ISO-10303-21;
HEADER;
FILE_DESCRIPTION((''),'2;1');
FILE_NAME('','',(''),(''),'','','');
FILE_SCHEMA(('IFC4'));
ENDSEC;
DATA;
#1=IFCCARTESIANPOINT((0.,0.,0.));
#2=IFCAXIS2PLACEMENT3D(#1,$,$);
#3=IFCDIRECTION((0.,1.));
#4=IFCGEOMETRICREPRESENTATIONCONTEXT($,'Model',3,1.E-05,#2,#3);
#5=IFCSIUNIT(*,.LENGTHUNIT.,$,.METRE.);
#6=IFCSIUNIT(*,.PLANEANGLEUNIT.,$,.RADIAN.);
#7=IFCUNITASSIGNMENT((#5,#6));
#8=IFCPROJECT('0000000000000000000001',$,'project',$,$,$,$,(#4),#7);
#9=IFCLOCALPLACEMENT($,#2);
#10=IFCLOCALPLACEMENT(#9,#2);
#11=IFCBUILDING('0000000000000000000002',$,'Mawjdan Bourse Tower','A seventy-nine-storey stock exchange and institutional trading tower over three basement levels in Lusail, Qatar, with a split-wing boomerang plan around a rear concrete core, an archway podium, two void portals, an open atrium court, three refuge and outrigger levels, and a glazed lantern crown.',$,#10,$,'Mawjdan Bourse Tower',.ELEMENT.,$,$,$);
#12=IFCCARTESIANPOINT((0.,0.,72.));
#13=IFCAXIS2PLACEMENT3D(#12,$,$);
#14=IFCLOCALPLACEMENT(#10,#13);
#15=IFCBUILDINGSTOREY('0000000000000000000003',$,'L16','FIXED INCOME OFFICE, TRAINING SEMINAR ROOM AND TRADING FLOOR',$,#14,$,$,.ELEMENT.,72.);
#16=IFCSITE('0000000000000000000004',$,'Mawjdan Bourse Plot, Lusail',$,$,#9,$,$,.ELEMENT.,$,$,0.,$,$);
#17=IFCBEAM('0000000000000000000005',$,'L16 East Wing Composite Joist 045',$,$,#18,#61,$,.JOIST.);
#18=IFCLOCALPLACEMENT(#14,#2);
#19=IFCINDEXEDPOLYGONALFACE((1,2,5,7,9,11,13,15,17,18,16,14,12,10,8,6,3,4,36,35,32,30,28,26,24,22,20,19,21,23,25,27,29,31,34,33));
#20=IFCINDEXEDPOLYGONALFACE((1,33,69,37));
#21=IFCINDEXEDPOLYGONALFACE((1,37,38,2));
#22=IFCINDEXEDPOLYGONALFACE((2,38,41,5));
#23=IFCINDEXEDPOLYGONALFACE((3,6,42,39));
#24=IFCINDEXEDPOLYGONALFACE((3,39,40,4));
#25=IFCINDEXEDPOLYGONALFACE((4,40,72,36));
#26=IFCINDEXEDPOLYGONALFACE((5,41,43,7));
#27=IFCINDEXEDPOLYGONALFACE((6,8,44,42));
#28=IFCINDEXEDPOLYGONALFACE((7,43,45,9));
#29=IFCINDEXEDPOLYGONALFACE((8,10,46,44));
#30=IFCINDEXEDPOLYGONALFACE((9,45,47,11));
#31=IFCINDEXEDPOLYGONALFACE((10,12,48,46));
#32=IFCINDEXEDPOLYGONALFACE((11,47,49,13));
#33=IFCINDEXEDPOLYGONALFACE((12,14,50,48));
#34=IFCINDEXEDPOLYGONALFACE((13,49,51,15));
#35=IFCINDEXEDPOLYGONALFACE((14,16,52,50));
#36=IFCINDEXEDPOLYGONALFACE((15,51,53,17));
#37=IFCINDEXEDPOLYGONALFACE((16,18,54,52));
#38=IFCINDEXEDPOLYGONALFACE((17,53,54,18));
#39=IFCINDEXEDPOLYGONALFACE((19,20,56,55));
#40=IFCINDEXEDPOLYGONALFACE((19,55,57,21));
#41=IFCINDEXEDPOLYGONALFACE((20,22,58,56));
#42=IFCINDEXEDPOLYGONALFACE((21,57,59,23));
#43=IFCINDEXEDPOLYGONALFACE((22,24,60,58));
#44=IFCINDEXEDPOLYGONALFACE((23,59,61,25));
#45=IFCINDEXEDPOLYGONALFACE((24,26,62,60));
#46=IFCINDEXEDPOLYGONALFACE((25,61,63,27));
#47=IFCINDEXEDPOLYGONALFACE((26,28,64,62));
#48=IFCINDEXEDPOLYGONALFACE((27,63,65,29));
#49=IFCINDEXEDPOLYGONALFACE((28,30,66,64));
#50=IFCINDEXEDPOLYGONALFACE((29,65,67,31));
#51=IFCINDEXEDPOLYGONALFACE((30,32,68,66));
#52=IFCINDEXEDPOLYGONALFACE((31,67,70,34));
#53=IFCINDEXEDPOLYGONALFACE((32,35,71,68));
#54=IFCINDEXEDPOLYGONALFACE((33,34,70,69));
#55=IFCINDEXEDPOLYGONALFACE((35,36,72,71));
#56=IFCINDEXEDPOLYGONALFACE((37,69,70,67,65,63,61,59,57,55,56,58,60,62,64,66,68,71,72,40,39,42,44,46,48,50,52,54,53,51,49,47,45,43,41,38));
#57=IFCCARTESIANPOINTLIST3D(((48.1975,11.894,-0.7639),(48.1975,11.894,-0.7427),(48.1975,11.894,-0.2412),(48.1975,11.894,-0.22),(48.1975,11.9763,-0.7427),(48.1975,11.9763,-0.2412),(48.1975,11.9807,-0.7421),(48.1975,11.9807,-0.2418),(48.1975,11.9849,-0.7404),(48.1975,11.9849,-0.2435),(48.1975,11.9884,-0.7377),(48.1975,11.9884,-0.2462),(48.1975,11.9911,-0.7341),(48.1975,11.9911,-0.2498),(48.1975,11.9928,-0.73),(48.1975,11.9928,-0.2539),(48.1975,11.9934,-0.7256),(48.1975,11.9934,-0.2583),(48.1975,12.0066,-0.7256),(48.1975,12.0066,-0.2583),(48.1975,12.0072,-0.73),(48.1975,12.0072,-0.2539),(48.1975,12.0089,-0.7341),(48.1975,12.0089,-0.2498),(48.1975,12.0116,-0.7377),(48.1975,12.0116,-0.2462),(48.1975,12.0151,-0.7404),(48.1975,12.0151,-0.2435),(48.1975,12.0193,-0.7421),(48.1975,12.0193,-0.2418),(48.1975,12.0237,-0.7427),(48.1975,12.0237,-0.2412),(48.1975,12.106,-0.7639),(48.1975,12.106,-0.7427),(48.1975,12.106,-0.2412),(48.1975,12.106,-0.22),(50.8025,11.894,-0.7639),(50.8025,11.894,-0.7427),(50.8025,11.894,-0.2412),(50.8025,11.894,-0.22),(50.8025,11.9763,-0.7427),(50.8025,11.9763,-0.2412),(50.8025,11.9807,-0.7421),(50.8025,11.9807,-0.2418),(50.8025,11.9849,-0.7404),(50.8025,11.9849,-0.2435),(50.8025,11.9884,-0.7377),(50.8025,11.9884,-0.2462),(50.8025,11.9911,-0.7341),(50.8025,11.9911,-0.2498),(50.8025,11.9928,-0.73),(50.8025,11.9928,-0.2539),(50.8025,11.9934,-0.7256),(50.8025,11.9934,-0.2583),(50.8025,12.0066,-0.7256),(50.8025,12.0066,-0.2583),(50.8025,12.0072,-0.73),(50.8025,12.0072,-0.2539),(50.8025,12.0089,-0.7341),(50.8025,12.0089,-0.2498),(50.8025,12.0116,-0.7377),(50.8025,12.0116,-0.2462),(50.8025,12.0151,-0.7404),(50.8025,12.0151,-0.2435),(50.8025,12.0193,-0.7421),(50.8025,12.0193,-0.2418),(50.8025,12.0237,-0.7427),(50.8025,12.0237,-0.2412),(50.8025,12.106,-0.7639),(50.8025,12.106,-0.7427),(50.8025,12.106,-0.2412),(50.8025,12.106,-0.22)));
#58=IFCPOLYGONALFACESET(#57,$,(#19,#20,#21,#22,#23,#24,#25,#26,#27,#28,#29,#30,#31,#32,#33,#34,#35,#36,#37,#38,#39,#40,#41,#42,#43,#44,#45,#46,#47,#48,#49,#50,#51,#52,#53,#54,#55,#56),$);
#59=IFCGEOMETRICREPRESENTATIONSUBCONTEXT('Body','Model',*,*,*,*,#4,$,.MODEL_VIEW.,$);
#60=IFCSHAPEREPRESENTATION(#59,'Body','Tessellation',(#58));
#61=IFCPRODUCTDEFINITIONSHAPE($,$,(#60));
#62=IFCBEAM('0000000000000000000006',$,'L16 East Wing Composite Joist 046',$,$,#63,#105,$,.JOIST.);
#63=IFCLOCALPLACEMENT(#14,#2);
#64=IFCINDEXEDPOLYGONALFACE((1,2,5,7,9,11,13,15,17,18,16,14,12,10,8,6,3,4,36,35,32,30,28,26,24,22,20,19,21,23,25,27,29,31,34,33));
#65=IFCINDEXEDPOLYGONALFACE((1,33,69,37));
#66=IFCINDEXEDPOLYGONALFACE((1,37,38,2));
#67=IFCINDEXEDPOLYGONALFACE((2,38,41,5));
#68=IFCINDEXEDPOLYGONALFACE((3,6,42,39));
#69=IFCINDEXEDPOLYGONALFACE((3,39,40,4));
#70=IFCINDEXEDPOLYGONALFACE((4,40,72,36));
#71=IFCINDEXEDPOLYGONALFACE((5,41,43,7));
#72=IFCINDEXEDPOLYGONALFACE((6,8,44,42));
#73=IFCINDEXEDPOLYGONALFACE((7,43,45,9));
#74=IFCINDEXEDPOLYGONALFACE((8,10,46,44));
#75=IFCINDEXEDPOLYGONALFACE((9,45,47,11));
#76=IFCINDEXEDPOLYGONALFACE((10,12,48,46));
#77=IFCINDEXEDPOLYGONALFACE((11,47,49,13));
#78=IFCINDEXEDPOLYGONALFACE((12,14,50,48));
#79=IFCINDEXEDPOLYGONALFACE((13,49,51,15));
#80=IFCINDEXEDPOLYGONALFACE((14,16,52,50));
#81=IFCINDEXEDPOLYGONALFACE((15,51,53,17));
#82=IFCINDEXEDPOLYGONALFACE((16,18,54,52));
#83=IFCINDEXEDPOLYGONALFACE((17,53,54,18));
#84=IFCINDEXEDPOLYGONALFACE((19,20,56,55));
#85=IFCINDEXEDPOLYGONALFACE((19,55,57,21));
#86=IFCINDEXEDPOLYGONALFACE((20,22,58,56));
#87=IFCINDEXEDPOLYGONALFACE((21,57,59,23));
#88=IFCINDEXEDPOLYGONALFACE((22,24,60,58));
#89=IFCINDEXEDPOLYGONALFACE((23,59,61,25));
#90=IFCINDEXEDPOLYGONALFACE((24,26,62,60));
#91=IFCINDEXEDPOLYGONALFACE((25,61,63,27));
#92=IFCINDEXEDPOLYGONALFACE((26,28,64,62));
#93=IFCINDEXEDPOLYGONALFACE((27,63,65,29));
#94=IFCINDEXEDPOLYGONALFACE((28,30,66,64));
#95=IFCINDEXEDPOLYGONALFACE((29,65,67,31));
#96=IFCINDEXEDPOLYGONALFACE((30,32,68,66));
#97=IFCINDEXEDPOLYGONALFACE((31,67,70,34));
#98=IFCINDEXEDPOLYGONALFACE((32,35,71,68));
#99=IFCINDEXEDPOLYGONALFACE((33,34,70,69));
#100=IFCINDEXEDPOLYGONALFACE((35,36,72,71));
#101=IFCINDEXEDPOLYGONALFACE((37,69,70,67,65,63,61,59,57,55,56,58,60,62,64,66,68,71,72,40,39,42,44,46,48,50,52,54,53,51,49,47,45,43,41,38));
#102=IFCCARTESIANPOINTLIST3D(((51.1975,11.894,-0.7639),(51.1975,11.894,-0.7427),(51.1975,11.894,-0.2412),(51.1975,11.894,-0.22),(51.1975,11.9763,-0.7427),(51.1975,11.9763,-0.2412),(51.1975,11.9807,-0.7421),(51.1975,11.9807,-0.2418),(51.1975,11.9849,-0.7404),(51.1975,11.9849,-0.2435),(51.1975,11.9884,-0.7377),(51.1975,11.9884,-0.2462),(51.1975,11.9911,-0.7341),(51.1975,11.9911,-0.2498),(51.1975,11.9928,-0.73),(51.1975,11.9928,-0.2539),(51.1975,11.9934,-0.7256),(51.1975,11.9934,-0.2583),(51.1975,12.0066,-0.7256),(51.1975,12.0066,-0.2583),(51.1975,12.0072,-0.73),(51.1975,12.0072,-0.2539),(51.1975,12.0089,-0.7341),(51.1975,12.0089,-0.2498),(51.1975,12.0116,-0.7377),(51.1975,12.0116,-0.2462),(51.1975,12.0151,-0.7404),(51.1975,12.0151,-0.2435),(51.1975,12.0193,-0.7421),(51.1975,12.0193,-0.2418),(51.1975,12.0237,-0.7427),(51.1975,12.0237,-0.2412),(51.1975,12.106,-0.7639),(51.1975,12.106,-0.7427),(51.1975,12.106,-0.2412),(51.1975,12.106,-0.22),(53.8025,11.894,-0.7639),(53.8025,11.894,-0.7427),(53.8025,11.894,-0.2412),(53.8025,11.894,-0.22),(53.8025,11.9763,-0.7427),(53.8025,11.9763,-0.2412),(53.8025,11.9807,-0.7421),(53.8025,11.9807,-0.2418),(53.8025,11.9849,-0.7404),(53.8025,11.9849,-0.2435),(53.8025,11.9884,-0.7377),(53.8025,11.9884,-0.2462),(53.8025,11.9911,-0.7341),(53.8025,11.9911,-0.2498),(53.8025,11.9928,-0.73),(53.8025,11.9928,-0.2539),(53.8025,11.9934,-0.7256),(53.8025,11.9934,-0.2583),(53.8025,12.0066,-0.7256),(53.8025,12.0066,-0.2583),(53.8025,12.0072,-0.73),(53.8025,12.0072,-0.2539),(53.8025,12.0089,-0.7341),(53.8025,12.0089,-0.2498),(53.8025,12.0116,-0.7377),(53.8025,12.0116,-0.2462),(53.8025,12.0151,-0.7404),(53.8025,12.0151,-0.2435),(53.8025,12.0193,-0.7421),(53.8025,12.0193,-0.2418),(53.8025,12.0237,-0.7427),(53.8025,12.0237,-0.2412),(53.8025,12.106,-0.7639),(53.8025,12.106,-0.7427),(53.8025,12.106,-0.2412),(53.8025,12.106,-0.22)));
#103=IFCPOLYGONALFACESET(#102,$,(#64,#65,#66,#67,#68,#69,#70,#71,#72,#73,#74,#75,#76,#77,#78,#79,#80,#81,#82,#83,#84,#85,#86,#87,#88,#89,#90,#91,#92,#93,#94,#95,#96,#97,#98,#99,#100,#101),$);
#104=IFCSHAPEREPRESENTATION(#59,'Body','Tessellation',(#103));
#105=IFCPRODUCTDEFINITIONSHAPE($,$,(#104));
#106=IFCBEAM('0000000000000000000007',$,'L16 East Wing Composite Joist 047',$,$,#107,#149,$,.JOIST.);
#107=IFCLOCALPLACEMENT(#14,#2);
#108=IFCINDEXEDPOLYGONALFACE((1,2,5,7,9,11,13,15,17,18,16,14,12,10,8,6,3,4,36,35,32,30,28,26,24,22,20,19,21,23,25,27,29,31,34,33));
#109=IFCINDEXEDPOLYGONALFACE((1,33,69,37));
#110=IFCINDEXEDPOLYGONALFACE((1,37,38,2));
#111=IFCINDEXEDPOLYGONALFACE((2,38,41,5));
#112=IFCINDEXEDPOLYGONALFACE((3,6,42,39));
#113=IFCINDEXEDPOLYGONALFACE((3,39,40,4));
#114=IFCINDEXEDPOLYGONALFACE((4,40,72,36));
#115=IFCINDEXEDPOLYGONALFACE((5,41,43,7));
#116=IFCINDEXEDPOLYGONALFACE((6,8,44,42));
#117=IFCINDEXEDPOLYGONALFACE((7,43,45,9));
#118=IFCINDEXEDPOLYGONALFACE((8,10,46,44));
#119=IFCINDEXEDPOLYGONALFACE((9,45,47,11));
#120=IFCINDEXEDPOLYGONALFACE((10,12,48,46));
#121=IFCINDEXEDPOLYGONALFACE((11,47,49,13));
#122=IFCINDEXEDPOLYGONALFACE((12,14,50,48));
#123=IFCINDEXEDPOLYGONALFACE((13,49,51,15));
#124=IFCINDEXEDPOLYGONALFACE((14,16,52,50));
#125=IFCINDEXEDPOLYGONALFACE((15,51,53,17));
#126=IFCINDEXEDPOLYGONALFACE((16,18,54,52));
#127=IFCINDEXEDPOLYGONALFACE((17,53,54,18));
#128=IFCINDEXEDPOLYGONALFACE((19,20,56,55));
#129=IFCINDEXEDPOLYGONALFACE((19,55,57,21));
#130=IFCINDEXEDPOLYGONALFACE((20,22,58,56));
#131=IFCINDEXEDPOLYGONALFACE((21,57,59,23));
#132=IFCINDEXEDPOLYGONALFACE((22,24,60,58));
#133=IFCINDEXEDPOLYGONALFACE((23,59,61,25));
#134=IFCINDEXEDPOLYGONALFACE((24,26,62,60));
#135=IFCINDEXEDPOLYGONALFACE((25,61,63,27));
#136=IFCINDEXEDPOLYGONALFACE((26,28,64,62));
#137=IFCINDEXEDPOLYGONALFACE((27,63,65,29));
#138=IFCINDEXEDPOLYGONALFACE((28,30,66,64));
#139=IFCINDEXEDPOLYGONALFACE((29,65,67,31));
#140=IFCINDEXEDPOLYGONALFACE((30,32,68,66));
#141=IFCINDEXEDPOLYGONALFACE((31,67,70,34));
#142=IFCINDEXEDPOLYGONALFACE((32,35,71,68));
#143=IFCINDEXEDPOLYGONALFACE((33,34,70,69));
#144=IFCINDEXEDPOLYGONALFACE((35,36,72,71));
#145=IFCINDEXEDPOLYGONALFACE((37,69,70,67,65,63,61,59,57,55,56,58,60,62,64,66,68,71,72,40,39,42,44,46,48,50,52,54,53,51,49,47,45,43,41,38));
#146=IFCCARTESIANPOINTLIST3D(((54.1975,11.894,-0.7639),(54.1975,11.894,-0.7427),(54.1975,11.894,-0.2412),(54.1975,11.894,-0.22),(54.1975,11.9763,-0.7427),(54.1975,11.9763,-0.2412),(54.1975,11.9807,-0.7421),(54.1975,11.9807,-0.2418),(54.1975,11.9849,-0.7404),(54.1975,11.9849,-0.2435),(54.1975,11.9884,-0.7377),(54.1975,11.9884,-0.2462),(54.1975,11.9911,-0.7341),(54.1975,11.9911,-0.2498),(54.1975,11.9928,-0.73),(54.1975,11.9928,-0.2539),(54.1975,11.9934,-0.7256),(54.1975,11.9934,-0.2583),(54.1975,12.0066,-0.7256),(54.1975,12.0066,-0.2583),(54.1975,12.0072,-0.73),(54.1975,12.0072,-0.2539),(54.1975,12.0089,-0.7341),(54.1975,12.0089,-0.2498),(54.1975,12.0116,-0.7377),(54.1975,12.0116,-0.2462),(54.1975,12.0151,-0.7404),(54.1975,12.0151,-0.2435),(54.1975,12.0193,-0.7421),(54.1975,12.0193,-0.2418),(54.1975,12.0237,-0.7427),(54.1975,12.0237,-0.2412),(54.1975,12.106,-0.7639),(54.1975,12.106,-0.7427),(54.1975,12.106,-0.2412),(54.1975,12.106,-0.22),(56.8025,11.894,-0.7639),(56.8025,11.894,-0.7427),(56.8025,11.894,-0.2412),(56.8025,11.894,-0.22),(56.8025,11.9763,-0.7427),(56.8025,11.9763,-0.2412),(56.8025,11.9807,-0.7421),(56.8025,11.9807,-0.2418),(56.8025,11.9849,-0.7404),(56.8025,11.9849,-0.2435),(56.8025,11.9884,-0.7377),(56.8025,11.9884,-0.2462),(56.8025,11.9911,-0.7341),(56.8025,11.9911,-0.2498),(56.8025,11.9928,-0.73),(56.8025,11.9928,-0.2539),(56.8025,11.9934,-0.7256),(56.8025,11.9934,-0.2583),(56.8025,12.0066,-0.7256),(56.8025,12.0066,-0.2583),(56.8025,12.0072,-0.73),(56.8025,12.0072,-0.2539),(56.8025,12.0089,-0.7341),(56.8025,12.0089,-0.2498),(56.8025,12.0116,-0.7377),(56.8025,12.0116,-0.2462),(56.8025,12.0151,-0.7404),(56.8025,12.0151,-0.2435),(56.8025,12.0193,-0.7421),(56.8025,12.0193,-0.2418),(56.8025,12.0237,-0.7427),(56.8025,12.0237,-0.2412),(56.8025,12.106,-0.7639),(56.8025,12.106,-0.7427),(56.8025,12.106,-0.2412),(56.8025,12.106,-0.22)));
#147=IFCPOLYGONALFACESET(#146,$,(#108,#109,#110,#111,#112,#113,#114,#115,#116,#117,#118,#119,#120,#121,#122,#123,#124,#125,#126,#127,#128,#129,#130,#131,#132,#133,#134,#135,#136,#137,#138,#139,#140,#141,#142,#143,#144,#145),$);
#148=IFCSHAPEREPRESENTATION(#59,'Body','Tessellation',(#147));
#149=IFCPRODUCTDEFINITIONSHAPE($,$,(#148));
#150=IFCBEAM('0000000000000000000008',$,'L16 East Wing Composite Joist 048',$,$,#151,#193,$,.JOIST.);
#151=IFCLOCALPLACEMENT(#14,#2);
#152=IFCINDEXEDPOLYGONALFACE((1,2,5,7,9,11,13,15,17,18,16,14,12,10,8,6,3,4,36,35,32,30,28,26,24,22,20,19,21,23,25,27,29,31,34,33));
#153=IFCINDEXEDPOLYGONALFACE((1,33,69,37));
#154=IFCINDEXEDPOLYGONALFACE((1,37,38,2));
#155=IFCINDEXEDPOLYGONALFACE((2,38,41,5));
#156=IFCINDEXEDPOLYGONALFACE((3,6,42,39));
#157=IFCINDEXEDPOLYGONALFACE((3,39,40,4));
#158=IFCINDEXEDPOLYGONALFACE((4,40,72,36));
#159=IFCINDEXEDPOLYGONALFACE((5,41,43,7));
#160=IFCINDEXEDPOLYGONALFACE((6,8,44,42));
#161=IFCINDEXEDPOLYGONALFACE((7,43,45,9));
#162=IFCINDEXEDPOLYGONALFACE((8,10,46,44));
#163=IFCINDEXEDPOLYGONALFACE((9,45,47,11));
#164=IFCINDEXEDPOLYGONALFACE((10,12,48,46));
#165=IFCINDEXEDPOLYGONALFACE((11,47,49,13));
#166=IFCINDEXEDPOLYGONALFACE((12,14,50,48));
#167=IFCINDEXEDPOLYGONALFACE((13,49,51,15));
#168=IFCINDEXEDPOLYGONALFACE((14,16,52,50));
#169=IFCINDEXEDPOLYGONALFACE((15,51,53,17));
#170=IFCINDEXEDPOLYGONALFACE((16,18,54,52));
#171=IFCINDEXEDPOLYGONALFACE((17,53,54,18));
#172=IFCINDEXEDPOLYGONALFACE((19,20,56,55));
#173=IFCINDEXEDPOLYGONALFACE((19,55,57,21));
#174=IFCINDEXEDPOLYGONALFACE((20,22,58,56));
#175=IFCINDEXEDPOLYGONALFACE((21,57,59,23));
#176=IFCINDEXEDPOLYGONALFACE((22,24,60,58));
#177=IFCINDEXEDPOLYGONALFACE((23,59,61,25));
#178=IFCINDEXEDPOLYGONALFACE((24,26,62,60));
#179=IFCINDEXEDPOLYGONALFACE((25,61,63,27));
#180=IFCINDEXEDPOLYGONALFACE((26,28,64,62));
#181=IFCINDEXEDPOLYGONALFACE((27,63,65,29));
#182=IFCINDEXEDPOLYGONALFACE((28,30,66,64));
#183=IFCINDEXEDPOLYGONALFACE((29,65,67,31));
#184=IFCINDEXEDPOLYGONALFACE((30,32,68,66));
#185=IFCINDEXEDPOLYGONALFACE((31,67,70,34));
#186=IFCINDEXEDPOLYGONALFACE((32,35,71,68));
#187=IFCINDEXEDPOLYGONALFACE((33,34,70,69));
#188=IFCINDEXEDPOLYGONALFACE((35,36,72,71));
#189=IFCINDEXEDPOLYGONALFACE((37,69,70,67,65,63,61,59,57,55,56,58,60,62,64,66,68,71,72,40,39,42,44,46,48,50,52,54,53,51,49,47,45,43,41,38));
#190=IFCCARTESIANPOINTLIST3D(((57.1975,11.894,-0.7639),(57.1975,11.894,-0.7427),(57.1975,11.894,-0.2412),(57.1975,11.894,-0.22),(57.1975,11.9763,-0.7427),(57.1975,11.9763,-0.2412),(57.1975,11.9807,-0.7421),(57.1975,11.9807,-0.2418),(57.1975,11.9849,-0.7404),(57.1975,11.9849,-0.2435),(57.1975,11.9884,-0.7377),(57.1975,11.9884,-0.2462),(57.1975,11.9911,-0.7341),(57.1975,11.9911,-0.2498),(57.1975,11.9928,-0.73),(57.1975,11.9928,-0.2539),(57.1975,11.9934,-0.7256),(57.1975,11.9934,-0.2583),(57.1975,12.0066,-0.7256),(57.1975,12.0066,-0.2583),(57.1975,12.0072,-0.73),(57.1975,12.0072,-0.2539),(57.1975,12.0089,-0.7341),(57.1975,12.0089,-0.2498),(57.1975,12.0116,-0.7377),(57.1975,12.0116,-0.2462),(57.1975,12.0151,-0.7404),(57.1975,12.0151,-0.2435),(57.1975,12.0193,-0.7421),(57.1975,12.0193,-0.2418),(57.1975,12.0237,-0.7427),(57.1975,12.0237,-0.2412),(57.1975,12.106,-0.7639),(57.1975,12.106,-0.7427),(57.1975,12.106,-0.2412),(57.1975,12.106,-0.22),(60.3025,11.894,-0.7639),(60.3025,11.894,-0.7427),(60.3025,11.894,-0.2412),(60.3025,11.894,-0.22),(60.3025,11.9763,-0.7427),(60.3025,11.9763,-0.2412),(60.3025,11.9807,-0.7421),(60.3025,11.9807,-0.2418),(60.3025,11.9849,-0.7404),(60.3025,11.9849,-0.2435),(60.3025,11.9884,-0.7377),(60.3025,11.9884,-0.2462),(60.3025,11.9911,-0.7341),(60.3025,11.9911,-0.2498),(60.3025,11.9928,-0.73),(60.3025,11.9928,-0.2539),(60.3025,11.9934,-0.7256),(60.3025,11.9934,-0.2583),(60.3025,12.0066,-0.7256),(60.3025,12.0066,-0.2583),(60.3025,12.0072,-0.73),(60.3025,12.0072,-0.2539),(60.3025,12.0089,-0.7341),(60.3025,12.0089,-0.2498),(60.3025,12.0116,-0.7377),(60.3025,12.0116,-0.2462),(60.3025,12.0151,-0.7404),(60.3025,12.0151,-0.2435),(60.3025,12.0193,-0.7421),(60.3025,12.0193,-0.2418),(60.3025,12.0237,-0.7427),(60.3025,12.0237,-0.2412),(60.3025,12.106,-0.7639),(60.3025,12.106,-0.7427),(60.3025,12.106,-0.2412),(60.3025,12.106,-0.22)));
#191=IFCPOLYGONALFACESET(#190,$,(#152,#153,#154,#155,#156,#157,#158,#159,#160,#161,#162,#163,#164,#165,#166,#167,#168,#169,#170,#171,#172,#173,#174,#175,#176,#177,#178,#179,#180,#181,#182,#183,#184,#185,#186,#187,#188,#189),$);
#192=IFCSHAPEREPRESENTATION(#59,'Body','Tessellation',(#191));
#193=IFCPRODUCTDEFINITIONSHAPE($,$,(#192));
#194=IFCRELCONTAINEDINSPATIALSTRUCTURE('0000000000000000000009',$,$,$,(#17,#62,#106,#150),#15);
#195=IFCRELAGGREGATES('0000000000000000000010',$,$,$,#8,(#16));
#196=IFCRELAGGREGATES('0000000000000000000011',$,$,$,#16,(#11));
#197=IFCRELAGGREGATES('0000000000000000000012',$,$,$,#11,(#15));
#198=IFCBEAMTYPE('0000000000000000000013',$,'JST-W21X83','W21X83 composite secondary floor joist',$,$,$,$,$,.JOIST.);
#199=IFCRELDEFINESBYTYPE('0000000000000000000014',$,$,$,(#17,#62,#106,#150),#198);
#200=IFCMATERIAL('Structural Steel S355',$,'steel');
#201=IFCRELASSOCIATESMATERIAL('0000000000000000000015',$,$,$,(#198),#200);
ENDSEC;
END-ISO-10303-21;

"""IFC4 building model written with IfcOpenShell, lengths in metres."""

from ifc_helpers import new_model, si_unit, direction, frame, origin, origin_2d, place, context, subcontext, project, spatial, i_section, extrude, material, material_profile, profile_set, type_object, element, save


model = new_model("IFC4")

# Units and contexts
model_context = context("Model", 3, precision=1e-05, world=origin(), true_north=direction((0.0, 1.0)))
body_context = subcontext(model_context, "Body", "Model", "MODEL_VIEW")
ifc_project = project(units=[si_unit("LENGTHUNIT", "METRE"), si_unit("PLANEANGLEUNIT", "RADIAN")], contexts=[model_context])

# Site, building, storey
site_placement = place(None, origin())
site = spatial("IfcSite", under=ifc_project, at=site_placement, Name="Mawjdan Bourse Plot, Lusail", CompositionType="ELEMENT", RefElevation=0.0)
building_placement = place(site_placement, origin())
building = spatial("IfcBuilding", under=site, at=building_placement, Name="Mawjdan Bourse Tower", Description="A seventy-nine-storey stock exchange and institutional trading tower over three basement levels in Lusail, Qatar, with a split-wing boomerang plan around a rear concrete core, an archway podium, two void portals, an open atrium court, three refuge and outrigger levels, and a glazed lantern crown.", LongName="Mawjdan Bourse Tower", CompositionType="ELEMENT")
storey_placement = place(building_placement, frame((0.0, 0.0, 72.0)))
storey = spatial("IfcBuildingStorey", under=building, at=storey_placement, Name="L16", Description="FIXED INCOME OFFICE, TRAINING SEMINAR ROOM AND TRADING FLOOR", CompositionType="ELEMENT", Elevation=72.0)

# Beams
ifc_material_1 = material(Name="Structural Steel S355", Category="steel")
ifc_material_profile_1 = material_profile(ifc_material_1, i_section(OverallWidth=0.2119, OverallDepth=0.5439, WebThickness=0.0132, FlangeThickness=0.0212, FilletRadius=0.0171, at=origin_2d()), Name="W21X83")
ifc_profile_set_1 = profile_set([ifc_material_profile_1], Name="Structural Steel S355")
beam_type_1 = type_object("IfcBeamType", Name="JST-W21X83", Description="W21X83 composite secondary floor joist", PredefinedType="JOIST", material=ifc_profile_set_1)
for number, where, z_axis, x_axis, name in (
    (1, (48.1975, 12.0, -0.4919), (1.0, 0.0, 0.0), (0.0, 1.0, 0.0), "L16 East Wing Composite Joist 045"),
    (2, (51.1975, 12.0, -0.4919), (1.0, 0.0, 0.0), (0.0, 1.0, 0.0), "L16 East Wing Composite Joist 046"),
    (3, (54.1975, 12.0, -0.4919), (1.0, 0.0, 0.0), (0.0, 1.0, 0.0), "L16 East Wing Composite Joist 047"),
):
    element("IfcBeam", number, at=place(storey_placement, frame(where, z_axis=z_axis, x_axis=x_axis)), inside=storey, type_object=beam_type_1, Name=name, PredefinedType="JOIST", context=body_context, shape_type="SweptSolid", body=[
        extrude(i_section(OverallWidth=0.2119, OverallDepth=0.5439, WebThickness=0.0132, FlangeThickness=0.0212, FilletRadius=0.0171, at=origin_2d()), origin(), (0.0, 0.0, 1.0), 2.605),
    ])
beam_1_placement = place(storey_placement, frame((57.1975, 12.0, -0.4919), z_axis=(1.0, 0.0, 0.0), x_axis=(0.0, 1.0, 0.0)))
element("IfcBeam", 4, at=beam_1_placement, inside=storey, type_object=beam_type_1, Name="L16 East Wing Composite Joist 048", PredefinedType="JOIST", context=body_context, shape_type="SweptSolid", body=[
    extrude(i_section(OverallWidth=0.2119, OverallDepth=0.5439, WebThickness=0.0132, FlangeThickness=0.0212, FilletRadius=0.0171, at=origin_2d()), origin(), (0.0, 0.0, 1.0), 3.105),
])

save(model, "model.ifc")
